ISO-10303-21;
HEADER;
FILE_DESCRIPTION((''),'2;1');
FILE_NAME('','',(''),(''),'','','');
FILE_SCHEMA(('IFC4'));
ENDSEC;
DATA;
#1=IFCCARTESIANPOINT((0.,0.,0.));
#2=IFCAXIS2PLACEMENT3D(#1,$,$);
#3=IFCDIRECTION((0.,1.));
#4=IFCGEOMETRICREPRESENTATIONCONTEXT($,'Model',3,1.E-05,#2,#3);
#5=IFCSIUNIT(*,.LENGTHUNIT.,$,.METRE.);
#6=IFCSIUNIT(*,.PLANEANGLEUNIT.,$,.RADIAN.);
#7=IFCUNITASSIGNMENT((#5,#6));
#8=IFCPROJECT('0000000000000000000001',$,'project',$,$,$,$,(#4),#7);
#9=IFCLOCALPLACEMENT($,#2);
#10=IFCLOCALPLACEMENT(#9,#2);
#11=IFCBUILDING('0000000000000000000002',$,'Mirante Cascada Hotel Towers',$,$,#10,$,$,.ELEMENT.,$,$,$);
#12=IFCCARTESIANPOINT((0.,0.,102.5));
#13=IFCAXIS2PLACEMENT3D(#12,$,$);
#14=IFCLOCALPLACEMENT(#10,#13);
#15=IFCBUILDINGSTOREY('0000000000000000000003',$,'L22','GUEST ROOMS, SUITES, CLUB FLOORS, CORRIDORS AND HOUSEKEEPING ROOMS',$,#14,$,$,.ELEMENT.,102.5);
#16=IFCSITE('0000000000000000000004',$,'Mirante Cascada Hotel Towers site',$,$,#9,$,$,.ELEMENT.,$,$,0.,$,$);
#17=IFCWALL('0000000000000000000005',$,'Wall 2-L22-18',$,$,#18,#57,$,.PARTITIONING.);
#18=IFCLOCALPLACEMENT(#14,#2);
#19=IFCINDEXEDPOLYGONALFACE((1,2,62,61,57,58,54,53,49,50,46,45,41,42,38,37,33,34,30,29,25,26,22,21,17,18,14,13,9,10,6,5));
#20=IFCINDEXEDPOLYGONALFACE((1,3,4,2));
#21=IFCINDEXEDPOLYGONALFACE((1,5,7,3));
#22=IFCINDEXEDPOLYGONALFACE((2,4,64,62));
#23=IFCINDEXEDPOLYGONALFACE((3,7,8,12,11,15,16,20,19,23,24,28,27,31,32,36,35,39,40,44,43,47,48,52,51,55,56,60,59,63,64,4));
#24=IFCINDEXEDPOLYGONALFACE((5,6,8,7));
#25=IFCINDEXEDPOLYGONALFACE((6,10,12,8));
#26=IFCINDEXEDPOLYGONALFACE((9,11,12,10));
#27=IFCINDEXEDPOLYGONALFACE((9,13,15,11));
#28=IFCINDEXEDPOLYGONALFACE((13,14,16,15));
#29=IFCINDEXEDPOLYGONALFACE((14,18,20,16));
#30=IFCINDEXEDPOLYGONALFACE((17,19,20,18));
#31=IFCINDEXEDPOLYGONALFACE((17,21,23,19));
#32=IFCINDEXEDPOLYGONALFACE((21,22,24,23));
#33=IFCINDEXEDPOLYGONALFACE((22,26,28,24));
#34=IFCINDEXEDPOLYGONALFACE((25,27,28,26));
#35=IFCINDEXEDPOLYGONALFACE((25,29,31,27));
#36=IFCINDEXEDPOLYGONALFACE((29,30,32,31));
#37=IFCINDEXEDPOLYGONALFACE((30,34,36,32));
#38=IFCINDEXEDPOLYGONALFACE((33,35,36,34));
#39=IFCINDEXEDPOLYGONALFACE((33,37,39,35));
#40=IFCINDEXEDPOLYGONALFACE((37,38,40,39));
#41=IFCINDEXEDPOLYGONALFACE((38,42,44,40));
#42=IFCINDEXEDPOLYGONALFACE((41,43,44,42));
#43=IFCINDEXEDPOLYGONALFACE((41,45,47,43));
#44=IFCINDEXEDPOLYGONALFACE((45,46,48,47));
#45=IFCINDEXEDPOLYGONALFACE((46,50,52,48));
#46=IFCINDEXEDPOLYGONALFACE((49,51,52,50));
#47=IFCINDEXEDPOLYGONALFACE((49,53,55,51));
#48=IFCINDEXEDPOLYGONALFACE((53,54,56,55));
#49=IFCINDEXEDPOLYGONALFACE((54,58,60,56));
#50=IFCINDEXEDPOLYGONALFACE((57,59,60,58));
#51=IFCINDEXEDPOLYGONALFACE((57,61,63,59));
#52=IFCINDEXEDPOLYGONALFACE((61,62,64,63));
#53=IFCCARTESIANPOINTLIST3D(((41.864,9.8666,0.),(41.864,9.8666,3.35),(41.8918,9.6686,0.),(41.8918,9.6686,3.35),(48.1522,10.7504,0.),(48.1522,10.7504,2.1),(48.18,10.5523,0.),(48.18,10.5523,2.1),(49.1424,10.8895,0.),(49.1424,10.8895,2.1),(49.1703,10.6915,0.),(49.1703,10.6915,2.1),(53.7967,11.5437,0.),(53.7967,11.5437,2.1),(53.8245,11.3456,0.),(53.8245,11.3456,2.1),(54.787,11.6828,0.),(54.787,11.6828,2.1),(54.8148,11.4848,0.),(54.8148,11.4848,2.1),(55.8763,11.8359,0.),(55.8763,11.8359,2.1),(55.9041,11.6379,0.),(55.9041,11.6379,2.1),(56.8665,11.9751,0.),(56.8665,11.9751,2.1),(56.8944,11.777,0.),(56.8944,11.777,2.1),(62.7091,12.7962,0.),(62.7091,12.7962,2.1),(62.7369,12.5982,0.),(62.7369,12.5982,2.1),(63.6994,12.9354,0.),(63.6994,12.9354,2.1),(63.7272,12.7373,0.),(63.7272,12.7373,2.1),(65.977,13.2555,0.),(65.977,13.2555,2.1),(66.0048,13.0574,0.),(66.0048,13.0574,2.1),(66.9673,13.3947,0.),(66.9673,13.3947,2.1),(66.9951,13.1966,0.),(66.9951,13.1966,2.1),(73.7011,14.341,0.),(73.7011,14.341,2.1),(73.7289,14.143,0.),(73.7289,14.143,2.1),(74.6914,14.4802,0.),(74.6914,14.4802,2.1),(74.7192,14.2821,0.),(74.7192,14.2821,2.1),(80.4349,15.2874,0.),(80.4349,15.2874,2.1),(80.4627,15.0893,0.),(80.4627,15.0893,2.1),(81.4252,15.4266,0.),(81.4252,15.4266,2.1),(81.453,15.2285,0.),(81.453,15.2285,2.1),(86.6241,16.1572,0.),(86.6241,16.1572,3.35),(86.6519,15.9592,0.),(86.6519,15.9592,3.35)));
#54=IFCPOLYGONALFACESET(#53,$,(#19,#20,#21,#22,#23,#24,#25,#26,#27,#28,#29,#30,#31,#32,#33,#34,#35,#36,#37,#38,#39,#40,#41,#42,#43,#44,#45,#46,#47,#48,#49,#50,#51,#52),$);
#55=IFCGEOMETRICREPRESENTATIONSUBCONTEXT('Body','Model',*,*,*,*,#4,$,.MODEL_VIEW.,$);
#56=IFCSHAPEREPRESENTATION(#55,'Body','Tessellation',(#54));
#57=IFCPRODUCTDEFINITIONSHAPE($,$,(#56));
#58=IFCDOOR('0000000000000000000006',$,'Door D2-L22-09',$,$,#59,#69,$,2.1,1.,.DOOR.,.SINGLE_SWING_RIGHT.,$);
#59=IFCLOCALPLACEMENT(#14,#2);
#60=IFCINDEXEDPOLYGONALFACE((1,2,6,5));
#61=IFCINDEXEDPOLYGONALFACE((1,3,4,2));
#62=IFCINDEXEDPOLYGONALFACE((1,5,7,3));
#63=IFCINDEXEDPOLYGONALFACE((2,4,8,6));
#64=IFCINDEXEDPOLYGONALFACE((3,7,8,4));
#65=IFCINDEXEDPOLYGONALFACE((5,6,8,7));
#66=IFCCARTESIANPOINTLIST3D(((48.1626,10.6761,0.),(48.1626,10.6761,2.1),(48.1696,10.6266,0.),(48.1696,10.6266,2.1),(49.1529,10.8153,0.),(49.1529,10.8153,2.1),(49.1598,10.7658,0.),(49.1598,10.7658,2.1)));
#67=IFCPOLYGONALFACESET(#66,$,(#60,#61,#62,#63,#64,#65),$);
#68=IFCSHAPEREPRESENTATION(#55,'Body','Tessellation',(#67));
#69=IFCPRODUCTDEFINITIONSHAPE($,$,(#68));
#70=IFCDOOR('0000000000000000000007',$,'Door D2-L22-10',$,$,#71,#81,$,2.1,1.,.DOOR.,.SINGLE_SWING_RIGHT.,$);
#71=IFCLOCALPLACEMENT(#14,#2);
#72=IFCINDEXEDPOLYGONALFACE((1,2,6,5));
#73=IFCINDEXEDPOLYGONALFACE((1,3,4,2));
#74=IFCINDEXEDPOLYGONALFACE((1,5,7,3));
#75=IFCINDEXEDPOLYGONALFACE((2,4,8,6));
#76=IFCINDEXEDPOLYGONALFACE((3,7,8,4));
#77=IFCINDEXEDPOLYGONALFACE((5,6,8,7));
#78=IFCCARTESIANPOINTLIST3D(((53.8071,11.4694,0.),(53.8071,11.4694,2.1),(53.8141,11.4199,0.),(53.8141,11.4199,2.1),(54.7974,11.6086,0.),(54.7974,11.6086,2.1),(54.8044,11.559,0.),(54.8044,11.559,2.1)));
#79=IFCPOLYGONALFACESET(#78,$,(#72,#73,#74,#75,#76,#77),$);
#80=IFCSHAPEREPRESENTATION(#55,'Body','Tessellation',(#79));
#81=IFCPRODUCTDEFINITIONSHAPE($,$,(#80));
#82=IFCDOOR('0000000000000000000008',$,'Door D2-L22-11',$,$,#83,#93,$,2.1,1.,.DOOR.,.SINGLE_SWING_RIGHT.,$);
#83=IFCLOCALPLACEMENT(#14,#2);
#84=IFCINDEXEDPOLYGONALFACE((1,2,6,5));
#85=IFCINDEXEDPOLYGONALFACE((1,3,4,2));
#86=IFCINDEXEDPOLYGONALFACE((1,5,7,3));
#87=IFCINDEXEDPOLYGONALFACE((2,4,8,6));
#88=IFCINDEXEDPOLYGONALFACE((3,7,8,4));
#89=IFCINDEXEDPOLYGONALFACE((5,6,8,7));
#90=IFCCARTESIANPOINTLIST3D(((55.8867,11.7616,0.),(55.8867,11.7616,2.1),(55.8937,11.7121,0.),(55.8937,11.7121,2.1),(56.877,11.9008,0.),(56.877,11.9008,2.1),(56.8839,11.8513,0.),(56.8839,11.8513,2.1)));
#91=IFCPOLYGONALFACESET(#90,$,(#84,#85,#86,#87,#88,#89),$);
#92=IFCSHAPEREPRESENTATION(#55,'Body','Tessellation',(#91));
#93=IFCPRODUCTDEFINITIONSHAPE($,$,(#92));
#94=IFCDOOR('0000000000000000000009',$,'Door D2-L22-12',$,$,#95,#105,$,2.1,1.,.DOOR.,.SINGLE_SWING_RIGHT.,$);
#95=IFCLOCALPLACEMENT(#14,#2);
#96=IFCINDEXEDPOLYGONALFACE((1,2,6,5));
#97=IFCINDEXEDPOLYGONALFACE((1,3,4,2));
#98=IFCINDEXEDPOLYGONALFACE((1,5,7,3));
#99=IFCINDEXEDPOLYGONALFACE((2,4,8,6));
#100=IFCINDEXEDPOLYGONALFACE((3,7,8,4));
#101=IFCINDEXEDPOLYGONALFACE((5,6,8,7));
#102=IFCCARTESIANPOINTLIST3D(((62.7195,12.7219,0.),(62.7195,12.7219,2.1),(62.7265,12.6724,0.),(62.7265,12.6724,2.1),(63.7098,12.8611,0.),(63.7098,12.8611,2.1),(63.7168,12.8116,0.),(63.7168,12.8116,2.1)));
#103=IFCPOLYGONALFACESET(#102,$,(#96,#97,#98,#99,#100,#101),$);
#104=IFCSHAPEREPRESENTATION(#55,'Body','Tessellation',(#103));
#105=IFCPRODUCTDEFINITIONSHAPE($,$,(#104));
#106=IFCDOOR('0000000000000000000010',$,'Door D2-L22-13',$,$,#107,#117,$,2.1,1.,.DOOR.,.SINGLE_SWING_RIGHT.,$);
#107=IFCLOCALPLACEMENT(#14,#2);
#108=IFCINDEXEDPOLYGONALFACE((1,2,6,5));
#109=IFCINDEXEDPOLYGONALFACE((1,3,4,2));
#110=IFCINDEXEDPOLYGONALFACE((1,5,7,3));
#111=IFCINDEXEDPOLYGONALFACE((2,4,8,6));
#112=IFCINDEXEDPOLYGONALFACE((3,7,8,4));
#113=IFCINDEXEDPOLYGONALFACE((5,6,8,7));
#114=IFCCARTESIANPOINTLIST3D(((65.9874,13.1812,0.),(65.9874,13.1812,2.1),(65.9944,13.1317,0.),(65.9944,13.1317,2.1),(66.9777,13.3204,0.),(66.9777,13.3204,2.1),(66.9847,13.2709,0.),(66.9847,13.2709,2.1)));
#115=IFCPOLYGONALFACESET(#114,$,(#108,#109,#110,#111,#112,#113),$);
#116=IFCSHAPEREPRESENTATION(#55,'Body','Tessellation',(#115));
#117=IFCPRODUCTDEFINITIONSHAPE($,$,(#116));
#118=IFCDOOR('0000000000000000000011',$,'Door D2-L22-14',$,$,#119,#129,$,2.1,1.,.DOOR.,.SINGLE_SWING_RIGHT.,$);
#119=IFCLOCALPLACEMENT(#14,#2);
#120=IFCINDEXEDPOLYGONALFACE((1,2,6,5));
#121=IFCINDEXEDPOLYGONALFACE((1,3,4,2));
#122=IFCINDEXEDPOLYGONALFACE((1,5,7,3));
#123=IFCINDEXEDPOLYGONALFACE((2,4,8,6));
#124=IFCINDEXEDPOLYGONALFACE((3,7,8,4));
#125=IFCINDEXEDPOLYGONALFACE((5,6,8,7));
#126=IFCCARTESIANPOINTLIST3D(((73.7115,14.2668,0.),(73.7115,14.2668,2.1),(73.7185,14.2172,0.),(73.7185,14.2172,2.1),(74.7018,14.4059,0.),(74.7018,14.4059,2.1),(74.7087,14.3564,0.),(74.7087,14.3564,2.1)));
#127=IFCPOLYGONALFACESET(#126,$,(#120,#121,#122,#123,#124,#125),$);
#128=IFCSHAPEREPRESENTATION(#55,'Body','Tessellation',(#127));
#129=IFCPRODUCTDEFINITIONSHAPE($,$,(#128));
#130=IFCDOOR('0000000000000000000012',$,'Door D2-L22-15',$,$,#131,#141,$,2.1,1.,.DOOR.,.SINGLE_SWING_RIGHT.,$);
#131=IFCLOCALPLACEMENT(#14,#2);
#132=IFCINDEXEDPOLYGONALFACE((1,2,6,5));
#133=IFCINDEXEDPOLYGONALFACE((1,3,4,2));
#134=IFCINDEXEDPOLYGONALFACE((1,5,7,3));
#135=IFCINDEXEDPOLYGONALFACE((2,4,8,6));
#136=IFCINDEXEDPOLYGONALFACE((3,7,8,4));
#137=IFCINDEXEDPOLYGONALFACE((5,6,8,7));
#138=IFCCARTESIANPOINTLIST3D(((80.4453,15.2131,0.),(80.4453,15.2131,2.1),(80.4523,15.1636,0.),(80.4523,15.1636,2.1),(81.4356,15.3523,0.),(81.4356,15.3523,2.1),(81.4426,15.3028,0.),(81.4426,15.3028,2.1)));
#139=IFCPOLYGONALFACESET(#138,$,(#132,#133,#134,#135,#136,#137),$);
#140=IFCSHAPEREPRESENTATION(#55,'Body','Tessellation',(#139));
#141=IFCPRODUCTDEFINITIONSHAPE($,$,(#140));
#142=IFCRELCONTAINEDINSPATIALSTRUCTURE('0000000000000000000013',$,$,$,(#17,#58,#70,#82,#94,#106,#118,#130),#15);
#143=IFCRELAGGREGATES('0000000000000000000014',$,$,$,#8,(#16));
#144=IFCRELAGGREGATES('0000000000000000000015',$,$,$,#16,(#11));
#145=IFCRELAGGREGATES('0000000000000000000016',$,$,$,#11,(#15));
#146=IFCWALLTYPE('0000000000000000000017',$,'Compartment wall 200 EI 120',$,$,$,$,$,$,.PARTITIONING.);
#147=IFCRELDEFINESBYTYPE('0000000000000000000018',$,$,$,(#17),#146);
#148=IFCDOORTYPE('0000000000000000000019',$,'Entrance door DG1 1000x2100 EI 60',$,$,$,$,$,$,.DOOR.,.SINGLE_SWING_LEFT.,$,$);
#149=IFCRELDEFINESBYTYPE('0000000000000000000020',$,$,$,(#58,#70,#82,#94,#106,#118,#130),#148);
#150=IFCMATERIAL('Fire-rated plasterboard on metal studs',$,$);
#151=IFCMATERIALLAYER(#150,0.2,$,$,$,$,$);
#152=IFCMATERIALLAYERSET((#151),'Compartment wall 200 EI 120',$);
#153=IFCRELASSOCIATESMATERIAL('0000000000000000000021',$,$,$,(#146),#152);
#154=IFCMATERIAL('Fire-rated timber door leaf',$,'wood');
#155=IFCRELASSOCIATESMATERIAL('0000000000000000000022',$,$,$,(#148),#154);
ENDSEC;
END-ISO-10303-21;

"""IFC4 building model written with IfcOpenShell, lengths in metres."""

from ifc_helpers import new_model, si_unit, direction, frame, frame_2d, origin, place, context, subcontext, project, spatial, rectangle, extrude, material, layer, layer_set, type_object, element, fill, save


model = new_model("IFC4")

# Units and contexts
model_context = context("Model", 3, precision=1e-05, world=origin(), true_north=direction((0.0, 1.0)))
body_context = subcontext(model_context, "Body", "Model", "MODEL_VIEW")
ifc_project = project(units=[si_unit("LENGTHUNIT", "METRE"), si_unit("PLANEANGLEUNIT", "RADIAN")], contexts=[model_context])

# Site, building, storey
site_placement = place(None, origin())
site = spatial("IfcSite", under=ifc_project, at=site_placement, Name="Mirante Cascada Hotel Towers site", CompositionType="ELEMENT", RefElevation=0.0)
building_placement = place(site_placement, origin())
building = spatial("IfcBuilding", under=site, at=building_placement, Name="Mirante Cascada Hotel Towers", CompositionType="ELEMENT")
storey_placement = place(building_placement, frame((0.0, 0.0, 102.5)))
storey = spatial("IfcBuildingStorey", under=building, at=storey_placement, Name="L22", Description="GUEST ROOMS, SUITES, CLUB FLOORS, CORRIDORS AND HOUSEKEEPING ROOMS", CompositionType="ELEMENT", Elevation=102.5)

# Shared definitions
ifc_material_1 = material(Name="Fire-rated plasterboard on metal studs")
ifc_layer_1 = layer(ifc_material_1, 0.2)
ifc_layer_set_1 = layer_set([ifc_layer_1], Name="Compartment wall 200 EI 120")
wall_type_1 = type_object("IfcWallType", Name="Compartment wall 200 EI 120", PredefinedType="PARTITIONING", material=ifc_layer_set_1)

# Wall, openings, doors
wall_1_placement = place(storey_placement, frame((86.638, 16.0582, 0.0), z_axis=(0.0, 0.0, 1.0), x_axis=(-0.990268, -0.139173, 0.0)))
wall_1 = element("IfcWall", 1, at=wall_1_placement, inside=storey, type_object=wall_type_1, Name="Wall 2-L22-18", PredefinedType="PARTITIONING", context=body_context, shape_type="SweptSolid", body=[
    extrude(rectangle(XDim=45.2, YDim=0.2, at=frame_2d((22.6, 0.0))), origin(), (0.0, 0.0, 1.0), 3.35),
])
opening_1_placement = place(wall_1_placement, frame((37.85, 0.0, 0.0)))
opening_1 = element("IfcOpeningElement", 2, at=opening_1_placement, cuts=wall_1, PredefinedType="OPENING", context=body_context, shape_type="SweptSolid", body=[
    extrude(rectangle(XDim=1.0, YDim=2.1, at=frame_2d((0.5, 1.05))), frame((0.0, 0.1, 0.0), z_axis=(0.0, -1.0, 0.0), x_axis=(1.0, 0.0, 0.0)), (0.0, 0.0, 1.0), 0.2),
])
opening_2_placement = place(wall_1_placement, frame((32.15, 0.0, 0.0)))
opening_2 = element("IfcOpeningElement", 3, at=opening_2_placement, cuts=wall_1, PredefinedType="OPENING", context=body_context, shape_type="SweptSolid", body=[
    extrude(rectangle(XDim=1.0, YDim=2.1, at=frame_2d((0.5, 1.05))), frame((0.0, 0.1, 0.0), z_axis=(0.0, -1.0, 0.0), x_axis=(1.0, 0.0, 0.0)), (0.0, 0.0, 1.0), 0.2),
])
opening_3_placement = place(wall_1_placement, frame((30.05, 0.0, 0.0)))
opening_3 = element("IfcOpeningElement", 4, at=opening_3_placement, cuts=wall_1, PredefinedType="OPENING", context=body_context, shape_type="SweptSolid", body=[
    extrude(rectangle(XDim=1.0, YDim=2.1, at=frame_2d((0.5, 1.05))), frame((0.0, 0.1, 0.0), z_axis=(0.0, -1.0, 0.0), x_axis=(1.0, 0.0, 0.0)), (0.0, 0.0, 1.0), 0.2),
])
opening_4_placement = place(wall_1_placement, frame((23.15, 0.0, 0.0)))
opening_4 = element("IfcOpeningElement", 5, at=opening_4_placement, cuts=wall_1, PredefinedType="OPENING", context=body_context, shape_type="SweptSolid", body=[
    extrude(rectangle(XDim=1.0, YDim=2.1, at=frame_2d((0.5, 1.05))), frame((0.0, 0.1, 0.0), z_axis=(0.0, -1.0, 0.0), x_axis=(1.0, 0.0, 0.0)), (0.0, 0.0, 1.0), 0.2),
])
opening_5_placement = place(wall_1_placement, frame((19.85, 0.0, 0.0)))
opening_5 = element("IfcOpeningElement", 6, at=opening_5_placement, cuts=wall_1, PredefinedType="OPENING", context=body_context, shape_type="SweptSolid", body=[
    extrude(rectangle(XDim=1.0, YDim=2.1, at=frame_2d((0.5, 1.05))), frame((0.0, 0.1, 0.0), z_axis=(0.0, -1.0, 0.0), x_axis=(1.0, 0.0, 0.0)), (0.0, 0.0, 1.0), 0.2),
])
opening_6_placement = place(wall_1_placement, frame((12.05, 0.0, 0.0)))
opening_6 = element("IfcOpeningElement", 7, at=opening_6_placement, cuts=wall_1, PredefinedType="OPENING", context=body_context, shape_type="SweptSolid", body=[
    extrude(rectangle(XDim=1.0, YDim=2.1, at=frame_2d((0.5, 1.05))), frame((0.0, 0.1, 0.0), z_axis=(0.0, -1.0, 0.0), x_axis=(1.0, 0.0, 0.0)), (0.0, 0.0, 1.0), 0.2),
])
opening_7_placement = place(wall_1_placement, frame((5.25, 0.0, 0.0)))
opening_7 = element("IfcOpeningElement", 8, at=opening_7_placement, cuts=wall_1, PredefinedType="OPENING", context=body_context, shape_type="SweptSolid", body=[
    extrude(rectangle(XDim=1.0, YDim=2.1, at=frame_2d((0.5, 1.05))), frame((0.0, 0.1, 0.0), z_axis=(0.0, -1.0, 0.0), x_axis=(1.0, 0.0, 0.0)), (0.0, 0.0, 1.0), 0.2),
])
ifc_material_2 = material(Name="Fire-rated timber door leaf", Category="wood")
door_type_1 = type_object("IfcDoorType", Name="Entrance door DG1 1000x2100 EI 60", OperationType="SINGLE_SWING_LEFT", PredefinedType="DOOR", material=ifc_material_2)
door_1_placement = place(opening_1_placement, frame((1.0, 0.0, 0.0), z_axis=(0.0, 0.0, 1.0), x_axis=(-1.0, 0.0, 0.0)))
door_1 = element("IfcDoor", 9, at=door_1_placement, inside=storey, type_object=door_type_1, Name="Door D2-L22-09", OperationType="SINGLE_SWING_RIGHT", OverallHeight=2.1, OverallWidth=1.0, PredefinedType="DOOR", context=body_context, shape_type="SweptSolid", body=[
    extrude(rectangle(XDim=1.0, YDim=2.1, at=frame_2d((0.5, 1.05))), frame((0.0, 0.025, 0.0), z_axis=(0.0, -1.0, 0.0), x_axis=(1.0, 0.0, 0.0)), (0.0, 0.0, 1.0), 0.05),
])
fill(opening_1, door_1)
door_2_placement = place(opening_2_placement, frame((1.0, 0.0, 0.0), z_axis=(0.0, 0.0, 1.0), x_axis=(-1.0, 0.0, 0.0)))
door_2 = element("IfcDoor", 10, at=door_2_placement, inside=storey, type_object=door_type_1, Name="Door D2-L22-10", OperationType="SINGLE_SWING_RIGHT", OverallHeight=2.1, OverallWidth=1.0, PredefinedType="DOOR", context=body_context, shape_type="SweptSolid", body=[
    extrude(rectangle(XDim=1.0, YDim=2.1, at=frame_2d((0.5, 1.05))), frame((0.0, 0.025, 0.0), z_axis=(0.0, -1.0, 0.0), x_axis=(1.0, 0.0, 0.0)), (0.0, 0.0, 1.0), 0.05),
])
fill(opening_2, door_2)
door_3_placement = place(opening_3_placement, frame((1.0, 0.0, 0.0), z_axis=(0.0, 0.0, 1.0), x_axis=(-1.0, 0.0, 0.0)))
door_3 = element("IfcDoor", 11, at=door_3_placement, inside=storey, type_object=door_type_1, Name="Door D2-L22-11", OperationType="SINGLE_SWING_RIGHT", OverallHeight=2.1, OverallWidth=1.0, PredefinedType="DOOR", context=body_context, shape_type="SweptSolid", body=[
    extrude(rectangle(XDim=1.0, YDim=2.1, at=frame_2d((0.5, 1.05))), frame((0.0, 0.025, 0.0), z_axis=(0.0, -1.0, 0.0), x_axis=(1.0, 0.0, 0.0)), (0.0, 0.0, 1.0), 0.05),
])
fill(opening_3, door_3)
door_4_placement = place(opening_4_placement, frame((1.0, 0.0, 0.0), z_axis=(0.0, 0.0, 1.0), x_axis=(-1.0, 0.0, 0.0)))
door_4 = element("IfcDoor", 12, at=door_4_placement, inside=storey, type_object=door_type_1, Name="Door D2-L22-12", OperationType="SINGLE_SWING_RIGHT", OverallHeight=2.1, OverallWidth=1.0, PredefinedType="DOOR", context=body_context, shape_type="SweptSolid", body=[
    extrude(rectangle(XDim=1.0, YDim=2.1, at=frame_2d((0.5, 1.05))), frame((0.0, 0.025, 0.0), z_axis=(0.0, -1.0, 0.0), x_axis=(1.0, 0.0, 0.0)), (0.0, 0.0, 1.0), 0.05),
])
fill(opening_4, door_4)
door_5_placement = place(opening_5_placement, frame((1.0, 0.0, 0.0), z_axis=(0.0, 0.0, 1.0), x_axis=(-1.0, 0.0, 0.0)))
door_5 = element("IfcDoor", 13, at=door_5_placement, inside=storey, type_object=door_type_1, Name="Door D2-L22-13", OperationType="SINGLE_SWING_RIGHT", OverallHeight=2.1, OverallWidth=1.0, PredefinedType="DOOR", context=body_context, shape_type="SweptSolid", body=[
    extrude(rectangle(XDim=1.0, YDim=2.1, at=frame_2d((0.5, 1.05))), frame((0.0, 0.025, 0.0), z_axis=(0.0, -1.0, 0.0), x_axis=(1.0, 0.0, 0.0)), (0.0, 0.0, 1.0), 0.05),
])
fill(opening_5, door_5)
door_6_placement = place(opening_6_placement, frame((1.0, 0.0, 0.0), z_axis=(0.0, 0.0, 1.0), x_axis=(-1.0, 0.0, 0.0)))
door_6 = element("IfcDoor", 14, at=door_6_placement, inside=storey, type_object=door_type_1, Name="Door D2-L22-14", OperationType="SINGLE_SWING_RIGHT", OverallHeight=2.1, OverallWidth=1.0, PredefinedType="DOOR", context=body_context, shape_type="SweptSolid", body=[
    extrude(rectangle(XDim=1.0, YDim=2.1, at=frame_2d((0.5, 1.05))), frame((0.0, 0.025, 0.0), z_axis=(0.0, -1.0, 0.0), x_axis=(1.0, 0.0, 0.0)), (0.0, 0.0, 1.0), 0.05),
])
fill(opening_6, door_6)
door_7_placement = place(opening_7_placement, frame((1.0, 0.0, 0.0), z_axis=(0.0, 0.0, 1.0), x_axis=(-1.0, 0.0, 0.0)))
door_7 = element("IfcDoor", 15, at=door_7_placement, inside=storey, type_object=door_type_1, Name="Door D2-L22-15", OperationType="SINGLE_SWING_RIGHT", OverallHeight=2.1, OverallWidth=1.0, PredefinedType="DOOR", context=body_context, shape_type="SweptSolid", body=[
    extrude(rectangle(XDim=1.0, YDim=2.1, at=frame_2d((0.5, 1.05))), frame((0.0, 0.025, 0.0), z_axis=(0.0, -1.0, 0.0), x_axis=(1.0, 0.0, 0.0)), (0.0, 0.0, 1.0), 0.05),
])
fill(opening_7, door_7)

save(model, "model.ifc")
